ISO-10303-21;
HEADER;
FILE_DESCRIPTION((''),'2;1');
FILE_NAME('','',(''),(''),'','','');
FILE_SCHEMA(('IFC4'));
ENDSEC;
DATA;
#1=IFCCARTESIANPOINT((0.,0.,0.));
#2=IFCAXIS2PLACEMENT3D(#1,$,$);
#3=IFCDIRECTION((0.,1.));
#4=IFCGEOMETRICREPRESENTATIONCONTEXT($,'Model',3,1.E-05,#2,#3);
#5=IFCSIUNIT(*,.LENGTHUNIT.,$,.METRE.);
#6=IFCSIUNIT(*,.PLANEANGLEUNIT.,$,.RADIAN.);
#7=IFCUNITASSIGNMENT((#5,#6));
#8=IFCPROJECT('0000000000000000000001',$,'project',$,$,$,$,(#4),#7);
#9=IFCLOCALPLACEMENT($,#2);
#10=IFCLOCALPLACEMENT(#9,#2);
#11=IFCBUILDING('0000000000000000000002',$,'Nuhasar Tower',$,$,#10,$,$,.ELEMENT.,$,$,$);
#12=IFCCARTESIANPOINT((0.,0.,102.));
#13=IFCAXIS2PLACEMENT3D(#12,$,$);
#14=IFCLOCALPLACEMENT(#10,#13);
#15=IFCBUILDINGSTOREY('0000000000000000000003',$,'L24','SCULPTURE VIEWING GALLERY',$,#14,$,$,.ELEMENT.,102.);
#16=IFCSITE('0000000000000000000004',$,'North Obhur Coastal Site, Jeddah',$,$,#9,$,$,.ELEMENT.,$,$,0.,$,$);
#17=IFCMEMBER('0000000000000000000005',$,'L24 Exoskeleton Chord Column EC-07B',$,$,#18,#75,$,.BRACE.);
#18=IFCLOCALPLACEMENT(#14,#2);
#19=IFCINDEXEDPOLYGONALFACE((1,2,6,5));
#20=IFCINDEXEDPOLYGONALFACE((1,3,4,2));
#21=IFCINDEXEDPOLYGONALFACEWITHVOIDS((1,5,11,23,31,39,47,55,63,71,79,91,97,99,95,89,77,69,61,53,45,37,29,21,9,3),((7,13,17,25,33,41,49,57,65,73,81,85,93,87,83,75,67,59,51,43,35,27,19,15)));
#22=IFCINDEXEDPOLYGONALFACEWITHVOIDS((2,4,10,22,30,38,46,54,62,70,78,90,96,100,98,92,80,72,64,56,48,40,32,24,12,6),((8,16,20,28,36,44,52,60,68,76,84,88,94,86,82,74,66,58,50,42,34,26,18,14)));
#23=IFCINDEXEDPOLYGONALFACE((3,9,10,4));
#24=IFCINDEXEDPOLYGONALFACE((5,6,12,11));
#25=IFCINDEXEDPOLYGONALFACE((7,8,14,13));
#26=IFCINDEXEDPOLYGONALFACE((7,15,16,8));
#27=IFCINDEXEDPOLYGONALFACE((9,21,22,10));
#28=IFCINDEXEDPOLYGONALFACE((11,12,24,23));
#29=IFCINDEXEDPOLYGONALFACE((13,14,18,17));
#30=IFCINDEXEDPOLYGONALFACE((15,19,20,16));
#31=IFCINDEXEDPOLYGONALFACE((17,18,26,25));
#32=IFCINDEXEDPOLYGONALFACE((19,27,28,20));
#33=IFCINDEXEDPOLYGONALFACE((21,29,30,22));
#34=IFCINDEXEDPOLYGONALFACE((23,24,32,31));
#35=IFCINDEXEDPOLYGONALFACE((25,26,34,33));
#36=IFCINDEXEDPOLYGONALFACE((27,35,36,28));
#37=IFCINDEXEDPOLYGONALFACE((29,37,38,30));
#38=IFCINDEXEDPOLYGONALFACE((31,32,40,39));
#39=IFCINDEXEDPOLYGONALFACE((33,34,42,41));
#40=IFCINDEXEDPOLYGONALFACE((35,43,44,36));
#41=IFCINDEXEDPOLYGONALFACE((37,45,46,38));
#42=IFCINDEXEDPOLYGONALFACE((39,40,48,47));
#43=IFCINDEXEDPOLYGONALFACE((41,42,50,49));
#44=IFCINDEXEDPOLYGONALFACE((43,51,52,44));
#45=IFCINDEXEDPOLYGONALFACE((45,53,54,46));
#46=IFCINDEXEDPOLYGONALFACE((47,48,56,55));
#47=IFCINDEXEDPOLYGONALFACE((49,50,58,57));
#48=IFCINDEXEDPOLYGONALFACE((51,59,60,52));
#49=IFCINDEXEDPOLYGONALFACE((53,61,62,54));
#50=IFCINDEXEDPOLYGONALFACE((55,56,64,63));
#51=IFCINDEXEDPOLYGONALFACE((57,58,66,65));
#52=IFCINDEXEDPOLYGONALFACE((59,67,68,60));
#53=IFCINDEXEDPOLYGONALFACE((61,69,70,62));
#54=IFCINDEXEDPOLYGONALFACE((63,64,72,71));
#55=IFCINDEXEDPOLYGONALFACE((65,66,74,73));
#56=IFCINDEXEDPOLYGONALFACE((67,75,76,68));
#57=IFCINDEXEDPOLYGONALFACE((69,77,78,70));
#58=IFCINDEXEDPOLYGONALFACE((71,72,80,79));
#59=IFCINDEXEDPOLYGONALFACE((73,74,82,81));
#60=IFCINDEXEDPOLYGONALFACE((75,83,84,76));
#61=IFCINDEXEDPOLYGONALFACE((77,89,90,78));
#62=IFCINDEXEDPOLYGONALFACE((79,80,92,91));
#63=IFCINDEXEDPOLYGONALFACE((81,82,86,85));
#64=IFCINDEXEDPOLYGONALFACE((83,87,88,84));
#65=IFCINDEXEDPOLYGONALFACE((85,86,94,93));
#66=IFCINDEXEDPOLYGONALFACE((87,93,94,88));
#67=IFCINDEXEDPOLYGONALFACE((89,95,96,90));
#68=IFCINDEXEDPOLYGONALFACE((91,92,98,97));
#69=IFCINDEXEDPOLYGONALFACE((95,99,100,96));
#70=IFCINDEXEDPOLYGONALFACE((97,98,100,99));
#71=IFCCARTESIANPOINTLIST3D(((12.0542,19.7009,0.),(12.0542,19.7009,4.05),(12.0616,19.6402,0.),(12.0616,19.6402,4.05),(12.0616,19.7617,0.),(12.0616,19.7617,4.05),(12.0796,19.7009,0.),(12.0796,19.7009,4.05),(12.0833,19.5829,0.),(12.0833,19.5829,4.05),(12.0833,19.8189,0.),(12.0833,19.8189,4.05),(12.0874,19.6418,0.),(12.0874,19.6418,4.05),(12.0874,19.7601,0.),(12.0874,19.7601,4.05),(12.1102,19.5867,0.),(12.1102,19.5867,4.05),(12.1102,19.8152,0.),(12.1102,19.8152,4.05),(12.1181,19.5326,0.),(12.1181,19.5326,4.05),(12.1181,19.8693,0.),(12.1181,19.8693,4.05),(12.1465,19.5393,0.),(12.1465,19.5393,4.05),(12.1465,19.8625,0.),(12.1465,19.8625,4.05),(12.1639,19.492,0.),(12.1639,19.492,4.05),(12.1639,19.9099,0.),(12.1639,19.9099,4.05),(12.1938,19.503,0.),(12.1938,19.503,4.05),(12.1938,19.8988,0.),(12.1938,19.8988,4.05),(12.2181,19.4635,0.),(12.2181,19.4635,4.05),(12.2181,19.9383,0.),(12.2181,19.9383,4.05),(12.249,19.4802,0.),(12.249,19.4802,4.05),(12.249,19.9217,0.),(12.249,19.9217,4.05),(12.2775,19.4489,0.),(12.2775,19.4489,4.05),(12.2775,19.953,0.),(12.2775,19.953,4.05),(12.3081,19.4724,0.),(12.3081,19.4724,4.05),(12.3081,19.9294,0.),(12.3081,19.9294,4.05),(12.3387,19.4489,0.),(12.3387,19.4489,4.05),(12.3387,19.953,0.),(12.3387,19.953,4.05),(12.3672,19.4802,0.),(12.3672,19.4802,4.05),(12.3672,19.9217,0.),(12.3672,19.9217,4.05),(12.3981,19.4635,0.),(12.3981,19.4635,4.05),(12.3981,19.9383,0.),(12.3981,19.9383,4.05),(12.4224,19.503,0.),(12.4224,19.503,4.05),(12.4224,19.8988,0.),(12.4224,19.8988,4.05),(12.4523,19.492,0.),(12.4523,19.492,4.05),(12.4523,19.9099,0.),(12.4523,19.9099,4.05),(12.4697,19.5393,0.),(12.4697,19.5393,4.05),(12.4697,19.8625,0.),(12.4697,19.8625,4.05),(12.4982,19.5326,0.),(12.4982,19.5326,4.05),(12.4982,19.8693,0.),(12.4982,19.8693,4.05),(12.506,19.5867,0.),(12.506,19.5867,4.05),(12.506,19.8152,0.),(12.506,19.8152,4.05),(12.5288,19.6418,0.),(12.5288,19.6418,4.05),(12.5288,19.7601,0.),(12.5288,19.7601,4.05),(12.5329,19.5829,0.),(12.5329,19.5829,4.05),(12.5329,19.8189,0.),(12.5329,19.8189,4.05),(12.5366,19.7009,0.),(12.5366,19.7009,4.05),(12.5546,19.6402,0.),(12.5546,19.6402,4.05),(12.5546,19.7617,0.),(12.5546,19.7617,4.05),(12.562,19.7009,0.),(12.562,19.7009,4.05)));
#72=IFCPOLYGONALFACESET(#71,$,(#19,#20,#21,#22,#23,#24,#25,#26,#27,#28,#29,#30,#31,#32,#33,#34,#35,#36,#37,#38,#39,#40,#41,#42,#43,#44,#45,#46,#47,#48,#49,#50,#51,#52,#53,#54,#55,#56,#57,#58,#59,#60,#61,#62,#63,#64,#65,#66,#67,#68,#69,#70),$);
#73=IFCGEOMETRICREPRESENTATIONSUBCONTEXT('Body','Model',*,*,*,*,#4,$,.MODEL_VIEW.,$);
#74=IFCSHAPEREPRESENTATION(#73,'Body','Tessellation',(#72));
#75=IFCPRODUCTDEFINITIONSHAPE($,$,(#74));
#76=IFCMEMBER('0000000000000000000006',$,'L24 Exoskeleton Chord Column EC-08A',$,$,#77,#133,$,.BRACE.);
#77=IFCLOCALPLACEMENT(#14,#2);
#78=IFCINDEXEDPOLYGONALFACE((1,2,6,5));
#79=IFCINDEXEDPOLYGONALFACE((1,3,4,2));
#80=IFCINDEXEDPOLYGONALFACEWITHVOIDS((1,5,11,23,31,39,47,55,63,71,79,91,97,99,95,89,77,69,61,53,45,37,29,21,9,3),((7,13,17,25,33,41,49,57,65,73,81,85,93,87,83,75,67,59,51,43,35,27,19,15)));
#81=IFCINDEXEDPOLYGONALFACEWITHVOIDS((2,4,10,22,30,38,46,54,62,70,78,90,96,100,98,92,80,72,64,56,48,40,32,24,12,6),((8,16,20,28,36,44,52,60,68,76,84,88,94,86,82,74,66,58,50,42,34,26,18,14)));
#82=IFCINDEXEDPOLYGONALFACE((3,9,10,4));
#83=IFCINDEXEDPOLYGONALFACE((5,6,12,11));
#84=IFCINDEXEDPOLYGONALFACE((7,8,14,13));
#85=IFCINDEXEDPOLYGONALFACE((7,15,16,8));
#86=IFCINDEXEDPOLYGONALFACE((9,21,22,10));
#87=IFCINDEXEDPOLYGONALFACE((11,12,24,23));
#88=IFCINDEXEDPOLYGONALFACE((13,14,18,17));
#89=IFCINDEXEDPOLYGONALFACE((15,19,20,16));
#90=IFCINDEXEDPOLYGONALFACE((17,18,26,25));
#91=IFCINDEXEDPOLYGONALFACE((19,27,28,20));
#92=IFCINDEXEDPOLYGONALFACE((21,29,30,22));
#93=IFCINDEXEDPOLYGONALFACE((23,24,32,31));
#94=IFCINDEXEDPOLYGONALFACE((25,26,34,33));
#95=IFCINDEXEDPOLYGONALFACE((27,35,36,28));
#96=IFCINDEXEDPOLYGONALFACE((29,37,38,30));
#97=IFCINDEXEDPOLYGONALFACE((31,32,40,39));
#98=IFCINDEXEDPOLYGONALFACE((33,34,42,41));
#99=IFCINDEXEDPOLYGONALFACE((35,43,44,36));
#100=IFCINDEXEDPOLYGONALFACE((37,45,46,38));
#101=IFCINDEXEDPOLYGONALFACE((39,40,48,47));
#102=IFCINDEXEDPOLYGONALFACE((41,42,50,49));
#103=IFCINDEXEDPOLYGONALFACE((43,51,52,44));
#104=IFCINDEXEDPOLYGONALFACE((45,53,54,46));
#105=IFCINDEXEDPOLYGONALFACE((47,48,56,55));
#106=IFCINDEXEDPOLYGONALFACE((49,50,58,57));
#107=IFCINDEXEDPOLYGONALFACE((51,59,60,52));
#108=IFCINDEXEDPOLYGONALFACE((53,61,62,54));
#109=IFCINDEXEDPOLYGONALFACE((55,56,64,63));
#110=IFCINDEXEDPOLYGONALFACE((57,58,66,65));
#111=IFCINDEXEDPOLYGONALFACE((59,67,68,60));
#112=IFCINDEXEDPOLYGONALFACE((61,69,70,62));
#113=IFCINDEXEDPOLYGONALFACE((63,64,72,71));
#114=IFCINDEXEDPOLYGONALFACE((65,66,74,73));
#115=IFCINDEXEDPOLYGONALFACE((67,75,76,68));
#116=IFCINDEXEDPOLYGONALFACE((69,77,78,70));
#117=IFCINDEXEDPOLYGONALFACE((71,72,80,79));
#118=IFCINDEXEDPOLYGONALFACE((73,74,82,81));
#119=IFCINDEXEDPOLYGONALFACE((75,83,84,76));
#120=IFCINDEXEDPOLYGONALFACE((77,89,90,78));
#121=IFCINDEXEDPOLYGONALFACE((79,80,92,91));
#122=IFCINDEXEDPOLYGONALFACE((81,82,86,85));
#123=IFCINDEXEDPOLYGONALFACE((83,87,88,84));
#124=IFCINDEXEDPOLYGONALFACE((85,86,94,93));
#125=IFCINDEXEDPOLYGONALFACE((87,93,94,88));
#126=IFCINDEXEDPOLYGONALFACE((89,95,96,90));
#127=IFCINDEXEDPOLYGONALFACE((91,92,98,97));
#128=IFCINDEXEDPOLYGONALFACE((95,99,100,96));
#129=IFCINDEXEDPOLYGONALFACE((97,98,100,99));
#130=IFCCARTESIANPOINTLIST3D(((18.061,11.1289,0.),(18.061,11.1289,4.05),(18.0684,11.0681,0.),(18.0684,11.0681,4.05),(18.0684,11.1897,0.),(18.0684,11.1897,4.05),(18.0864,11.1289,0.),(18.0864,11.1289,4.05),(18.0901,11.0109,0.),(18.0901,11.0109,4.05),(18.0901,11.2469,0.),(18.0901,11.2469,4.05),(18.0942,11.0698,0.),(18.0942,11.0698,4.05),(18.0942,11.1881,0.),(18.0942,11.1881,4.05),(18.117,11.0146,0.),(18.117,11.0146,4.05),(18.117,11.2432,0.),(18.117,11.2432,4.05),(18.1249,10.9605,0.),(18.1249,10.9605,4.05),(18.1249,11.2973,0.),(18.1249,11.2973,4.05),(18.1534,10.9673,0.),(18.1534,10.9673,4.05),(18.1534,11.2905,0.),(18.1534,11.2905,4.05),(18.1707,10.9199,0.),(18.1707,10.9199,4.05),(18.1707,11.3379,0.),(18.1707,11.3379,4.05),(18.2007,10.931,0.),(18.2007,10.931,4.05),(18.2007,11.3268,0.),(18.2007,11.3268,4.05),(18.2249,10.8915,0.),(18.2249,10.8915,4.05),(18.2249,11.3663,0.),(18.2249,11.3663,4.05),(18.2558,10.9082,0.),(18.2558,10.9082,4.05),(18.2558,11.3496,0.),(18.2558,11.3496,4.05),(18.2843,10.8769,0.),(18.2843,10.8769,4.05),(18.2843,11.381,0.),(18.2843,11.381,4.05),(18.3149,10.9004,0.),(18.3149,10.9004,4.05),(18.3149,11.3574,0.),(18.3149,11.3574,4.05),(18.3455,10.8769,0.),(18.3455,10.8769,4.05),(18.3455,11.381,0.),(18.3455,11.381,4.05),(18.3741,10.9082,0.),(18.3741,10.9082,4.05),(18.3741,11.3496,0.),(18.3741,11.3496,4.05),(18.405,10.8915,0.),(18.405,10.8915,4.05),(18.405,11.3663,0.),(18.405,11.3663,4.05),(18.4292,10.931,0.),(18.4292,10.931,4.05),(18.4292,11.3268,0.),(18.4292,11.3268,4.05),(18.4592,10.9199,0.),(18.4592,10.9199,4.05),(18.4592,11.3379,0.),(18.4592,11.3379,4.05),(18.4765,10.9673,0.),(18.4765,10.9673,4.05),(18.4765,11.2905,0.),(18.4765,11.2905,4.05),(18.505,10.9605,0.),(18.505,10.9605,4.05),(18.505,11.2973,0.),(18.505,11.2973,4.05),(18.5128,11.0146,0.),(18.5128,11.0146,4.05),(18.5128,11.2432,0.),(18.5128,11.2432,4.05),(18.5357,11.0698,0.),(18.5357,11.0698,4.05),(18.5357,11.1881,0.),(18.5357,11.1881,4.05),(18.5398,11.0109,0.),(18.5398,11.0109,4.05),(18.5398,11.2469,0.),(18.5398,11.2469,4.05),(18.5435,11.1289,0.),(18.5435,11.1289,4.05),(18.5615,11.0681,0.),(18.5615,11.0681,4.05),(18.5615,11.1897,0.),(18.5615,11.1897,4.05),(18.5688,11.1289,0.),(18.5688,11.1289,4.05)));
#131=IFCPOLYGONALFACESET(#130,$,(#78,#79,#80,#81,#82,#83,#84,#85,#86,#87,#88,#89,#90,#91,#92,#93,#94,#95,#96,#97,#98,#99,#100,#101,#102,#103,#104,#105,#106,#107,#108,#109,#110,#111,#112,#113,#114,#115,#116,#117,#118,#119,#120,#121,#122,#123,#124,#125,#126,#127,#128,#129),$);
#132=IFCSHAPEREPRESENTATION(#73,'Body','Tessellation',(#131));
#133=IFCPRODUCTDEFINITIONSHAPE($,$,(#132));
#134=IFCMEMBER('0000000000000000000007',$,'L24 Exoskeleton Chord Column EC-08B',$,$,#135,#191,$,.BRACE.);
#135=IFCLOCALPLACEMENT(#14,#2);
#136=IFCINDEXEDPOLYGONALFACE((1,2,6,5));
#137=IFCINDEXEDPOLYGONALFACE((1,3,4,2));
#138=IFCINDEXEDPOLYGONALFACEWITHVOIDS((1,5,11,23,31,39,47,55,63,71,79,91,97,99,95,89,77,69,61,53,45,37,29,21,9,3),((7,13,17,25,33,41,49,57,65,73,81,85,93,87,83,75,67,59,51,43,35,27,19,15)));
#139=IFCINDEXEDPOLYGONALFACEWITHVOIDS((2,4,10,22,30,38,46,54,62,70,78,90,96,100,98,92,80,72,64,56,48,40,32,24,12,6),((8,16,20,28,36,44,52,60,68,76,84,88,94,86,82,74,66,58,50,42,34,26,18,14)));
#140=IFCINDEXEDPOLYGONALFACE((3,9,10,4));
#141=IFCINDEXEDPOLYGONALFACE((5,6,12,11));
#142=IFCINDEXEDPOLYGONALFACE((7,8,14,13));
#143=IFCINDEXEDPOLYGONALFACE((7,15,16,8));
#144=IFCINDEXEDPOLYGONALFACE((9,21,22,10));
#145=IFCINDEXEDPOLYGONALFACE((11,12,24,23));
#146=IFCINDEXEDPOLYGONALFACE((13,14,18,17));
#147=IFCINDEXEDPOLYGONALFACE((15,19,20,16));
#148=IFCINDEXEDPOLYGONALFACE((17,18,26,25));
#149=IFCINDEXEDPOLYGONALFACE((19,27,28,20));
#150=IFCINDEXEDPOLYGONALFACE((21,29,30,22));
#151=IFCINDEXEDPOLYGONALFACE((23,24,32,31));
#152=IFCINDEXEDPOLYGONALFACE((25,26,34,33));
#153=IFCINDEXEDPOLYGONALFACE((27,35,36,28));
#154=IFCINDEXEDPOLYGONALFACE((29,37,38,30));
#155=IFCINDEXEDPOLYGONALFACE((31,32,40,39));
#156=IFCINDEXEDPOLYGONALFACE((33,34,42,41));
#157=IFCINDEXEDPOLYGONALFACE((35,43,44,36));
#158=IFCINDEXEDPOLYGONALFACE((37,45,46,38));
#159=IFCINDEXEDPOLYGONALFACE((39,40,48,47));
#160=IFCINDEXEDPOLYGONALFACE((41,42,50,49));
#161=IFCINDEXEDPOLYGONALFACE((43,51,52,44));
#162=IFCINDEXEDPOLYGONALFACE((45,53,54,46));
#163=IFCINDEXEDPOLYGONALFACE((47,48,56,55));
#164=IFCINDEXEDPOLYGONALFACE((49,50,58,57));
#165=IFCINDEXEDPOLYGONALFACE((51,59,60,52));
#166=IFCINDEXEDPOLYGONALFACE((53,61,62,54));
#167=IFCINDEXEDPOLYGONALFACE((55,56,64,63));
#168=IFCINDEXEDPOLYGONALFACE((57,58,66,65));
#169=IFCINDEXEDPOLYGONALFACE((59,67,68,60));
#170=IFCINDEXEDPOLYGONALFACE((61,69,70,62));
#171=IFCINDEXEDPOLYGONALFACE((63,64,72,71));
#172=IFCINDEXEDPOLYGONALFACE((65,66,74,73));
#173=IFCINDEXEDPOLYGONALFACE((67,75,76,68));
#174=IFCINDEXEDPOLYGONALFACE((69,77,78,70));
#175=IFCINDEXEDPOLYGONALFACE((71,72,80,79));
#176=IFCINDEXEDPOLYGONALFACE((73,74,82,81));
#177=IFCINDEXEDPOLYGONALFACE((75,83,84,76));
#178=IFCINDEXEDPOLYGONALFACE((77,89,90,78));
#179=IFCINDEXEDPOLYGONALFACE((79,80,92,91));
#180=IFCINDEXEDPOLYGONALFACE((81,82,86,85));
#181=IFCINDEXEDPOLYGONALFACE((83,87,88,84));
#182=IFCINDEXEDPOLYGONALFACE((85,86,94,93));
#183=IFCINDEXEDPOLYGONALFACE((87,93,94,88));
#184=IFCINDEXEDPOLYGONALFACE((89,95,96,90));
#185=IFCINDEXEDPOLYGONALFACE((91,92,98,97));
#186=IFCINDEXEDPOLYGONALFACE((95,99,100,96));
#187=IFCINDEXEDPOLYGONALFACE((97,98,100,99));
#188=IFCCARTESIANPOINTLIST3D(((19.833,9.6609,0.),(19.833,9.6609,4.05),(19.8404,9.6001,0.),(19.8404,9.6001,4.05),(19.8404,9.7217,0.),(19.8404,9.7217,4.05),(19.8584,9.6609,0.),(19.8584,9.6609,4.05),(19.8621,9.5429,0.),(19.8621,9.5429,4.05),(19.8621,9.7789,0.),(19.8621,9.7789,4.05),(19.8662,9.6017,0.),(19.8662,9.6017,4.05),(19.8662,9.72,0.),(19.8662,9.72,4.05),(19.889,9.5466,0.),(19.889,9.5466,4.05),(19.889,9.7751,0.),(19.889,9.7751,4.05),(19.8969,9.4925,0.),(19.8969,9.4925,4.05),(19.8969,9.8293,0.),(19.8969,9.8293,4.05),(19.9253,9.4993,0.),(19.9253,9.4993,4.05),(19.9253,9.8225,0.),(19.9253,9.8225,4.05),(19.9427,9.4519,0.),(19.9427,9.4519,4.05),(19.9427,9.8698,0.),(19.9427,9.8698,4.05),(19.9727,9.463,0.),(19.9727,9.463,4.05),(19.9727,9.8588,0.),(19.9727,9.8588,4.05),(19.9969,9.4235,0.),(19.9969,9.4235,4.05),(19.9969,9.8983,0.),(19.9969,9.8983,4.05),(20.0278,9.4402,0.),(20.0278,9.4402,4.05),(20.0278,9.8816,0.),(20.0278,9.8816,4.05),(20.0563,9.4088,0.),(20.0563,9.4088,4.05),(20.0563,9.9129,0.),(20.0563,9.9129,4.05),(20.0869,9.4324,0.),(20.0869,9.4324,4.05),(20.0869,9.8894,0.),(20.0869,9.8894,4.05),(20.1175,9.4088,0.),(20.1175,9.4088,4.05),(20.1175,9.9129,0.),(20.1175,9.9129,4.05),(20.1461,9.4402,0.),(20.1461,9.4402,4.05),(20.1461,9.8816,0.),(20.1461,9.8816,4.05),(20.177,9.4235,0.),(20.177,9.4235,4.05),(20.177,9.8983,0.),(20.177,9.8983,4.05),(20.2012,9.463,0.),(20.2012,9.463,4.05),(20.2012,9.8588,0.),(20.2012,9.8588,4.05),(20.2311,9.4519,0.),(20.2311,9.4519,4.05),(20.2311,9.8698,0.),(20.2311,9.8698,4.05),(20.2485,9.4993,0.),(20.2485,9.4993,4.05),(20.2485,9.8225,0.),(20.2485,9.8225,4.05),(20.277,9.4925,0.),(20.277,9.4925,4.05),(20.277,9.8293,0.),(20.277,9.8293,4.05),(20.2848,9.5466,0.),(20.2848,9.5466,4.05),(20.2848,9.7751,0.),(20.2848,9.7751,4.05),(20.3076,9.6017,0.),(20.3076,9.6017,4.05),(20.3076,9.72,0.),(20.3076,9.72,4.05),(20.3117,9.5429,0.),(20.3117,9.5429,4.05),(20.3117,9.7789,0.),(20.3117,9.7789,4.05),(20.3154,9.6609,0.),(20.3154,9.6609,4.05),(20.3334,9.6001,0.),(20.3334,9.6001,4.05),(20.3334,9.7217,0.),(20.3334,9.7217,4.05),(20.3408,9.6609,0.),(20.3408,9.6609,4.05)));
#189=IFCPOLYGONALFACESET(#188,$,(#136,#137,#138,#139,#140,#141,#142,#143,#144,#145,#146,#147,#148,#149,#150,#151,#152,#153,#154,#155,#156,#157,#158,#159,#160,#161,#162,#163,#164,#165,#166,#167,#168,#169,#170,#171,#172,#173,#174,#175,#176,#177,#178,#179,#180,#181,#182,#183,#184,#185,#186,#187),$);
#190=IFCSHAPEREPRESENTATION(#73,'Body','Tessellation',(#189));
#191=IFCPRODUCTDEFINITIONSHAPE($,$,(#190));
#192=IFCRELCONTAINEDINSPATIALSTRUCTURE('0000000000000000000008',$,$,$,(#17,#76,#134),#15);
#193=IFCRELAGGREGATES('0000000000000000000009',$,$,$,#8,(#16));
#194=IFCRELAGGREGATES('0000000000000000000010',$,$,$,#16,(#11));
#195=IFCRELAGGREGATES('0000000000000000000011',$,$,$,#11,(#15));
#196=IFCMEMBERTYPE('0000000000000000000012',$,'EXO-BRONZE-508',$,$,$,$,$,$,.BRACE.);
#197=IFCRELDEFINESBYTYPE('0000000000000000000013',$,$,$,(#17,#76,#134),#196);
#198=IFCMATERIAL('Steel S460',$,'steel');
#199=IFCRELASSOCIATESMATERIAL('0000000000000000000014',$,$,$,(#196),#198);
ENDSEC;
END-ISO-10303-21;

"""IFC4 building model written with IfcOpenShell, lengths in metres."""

from ifc_helpers import new_model, si_unit, direction, frame, origin, origin_2d, place, context, subcontext, project, spatial, hollow_circle, extrude, material, material_profile, profile_set, type_object, element, save


model = new_model("IFC4")

# Units and contexts
model_context = context("Model", 3, precision=1e-05, world=origin(), true_north=direction((0.0, 1.0)))
body_context = subcontext(model_context, "Body", "Model", "MODEL_VIEW")
ifc_project = project(units=[si_unit("LENGTHUNIT", "METRE"), si_unit("PLANEANGLEUNIT", "RADIAN")], contexts=[model_context])

# Site, building, storey
site_placement = place(None, origin())
site = spatial("IfcSite", under=ifc_project, at=site_placement, Name="North Obhur Coastal Site, Jeddah", CompositionType="ELEMENT", RefElevation=0.0)
building_placement = place(site_placement, origin())
building = spatial("IfcBuilding", under=site, at=building_placement, Name="Nuhasar Tower", CompositionType="ELEMENT")
storey_placement = place(building_placement, frame((0.0, 0.0, 102.0)))
storey = spatial("IfcBuildingStorey", under=building, at=storey_placement, Name="L24", Description="SCULPTURE VIEWING GALLERY", CompositionType="ELEMENT", Elevation=102.0)

# Members
ifc_material_1 = material(Name="Steel S460", Category="steel")
ifc_material_profile_1 = material_profile(ifc_material_1, hollow_circle(Radius=0.2539, WallThickness=0.0254, at=origin_2d()), Name="HSS508X25.4")
ifc_profile_set_1 = profile_set([ifc_material_profile_1], Name="Steel S460")
member_type_1 = type_object("IfcMemberType", Name="EXO-BRONZE-508", PredefinedType="BRACE", material=ifc_profile_set_1)
for number, where, z_axis, x_axis, name in (
    (1, (12.3081, 19.7009, 0.0), (0.0, 0.0, 1.0), (1.0, 0.0, 0.0), "L24 Exoskeleton Chord Column EC-07B"),
    (2, (18.3149, 11.1289, 0.0), (0.0, 0.0, 1.0), (1.0, 0.0, 0.0), "L24 Exoskeleton Chord Column EC-08A"),
    (3, (20.0869, 9.6609, 0.0), (0.0, 0.0, 1.0), (1.0, 0.0, 0.0), "L24 Exoskeleton Chord Column EC-08B"),
):
    element("IfcMember", number, at=place(storey_placement, frame(where, z_axis=z_axis, x_axis=x_axis)), inside=storey, type_object=member_type_1, Name=name, PredefinedType="BRACE", context=body_context, shape_type="SweptSolid", body=[
        extrude(hollow_circle(Radius=0.2539, WallThickness=0.0254, at=origin_2d()), origin(), (0.0, 0.0, 1.0), 4.05),
    ])

save(model, "model.ifc")
